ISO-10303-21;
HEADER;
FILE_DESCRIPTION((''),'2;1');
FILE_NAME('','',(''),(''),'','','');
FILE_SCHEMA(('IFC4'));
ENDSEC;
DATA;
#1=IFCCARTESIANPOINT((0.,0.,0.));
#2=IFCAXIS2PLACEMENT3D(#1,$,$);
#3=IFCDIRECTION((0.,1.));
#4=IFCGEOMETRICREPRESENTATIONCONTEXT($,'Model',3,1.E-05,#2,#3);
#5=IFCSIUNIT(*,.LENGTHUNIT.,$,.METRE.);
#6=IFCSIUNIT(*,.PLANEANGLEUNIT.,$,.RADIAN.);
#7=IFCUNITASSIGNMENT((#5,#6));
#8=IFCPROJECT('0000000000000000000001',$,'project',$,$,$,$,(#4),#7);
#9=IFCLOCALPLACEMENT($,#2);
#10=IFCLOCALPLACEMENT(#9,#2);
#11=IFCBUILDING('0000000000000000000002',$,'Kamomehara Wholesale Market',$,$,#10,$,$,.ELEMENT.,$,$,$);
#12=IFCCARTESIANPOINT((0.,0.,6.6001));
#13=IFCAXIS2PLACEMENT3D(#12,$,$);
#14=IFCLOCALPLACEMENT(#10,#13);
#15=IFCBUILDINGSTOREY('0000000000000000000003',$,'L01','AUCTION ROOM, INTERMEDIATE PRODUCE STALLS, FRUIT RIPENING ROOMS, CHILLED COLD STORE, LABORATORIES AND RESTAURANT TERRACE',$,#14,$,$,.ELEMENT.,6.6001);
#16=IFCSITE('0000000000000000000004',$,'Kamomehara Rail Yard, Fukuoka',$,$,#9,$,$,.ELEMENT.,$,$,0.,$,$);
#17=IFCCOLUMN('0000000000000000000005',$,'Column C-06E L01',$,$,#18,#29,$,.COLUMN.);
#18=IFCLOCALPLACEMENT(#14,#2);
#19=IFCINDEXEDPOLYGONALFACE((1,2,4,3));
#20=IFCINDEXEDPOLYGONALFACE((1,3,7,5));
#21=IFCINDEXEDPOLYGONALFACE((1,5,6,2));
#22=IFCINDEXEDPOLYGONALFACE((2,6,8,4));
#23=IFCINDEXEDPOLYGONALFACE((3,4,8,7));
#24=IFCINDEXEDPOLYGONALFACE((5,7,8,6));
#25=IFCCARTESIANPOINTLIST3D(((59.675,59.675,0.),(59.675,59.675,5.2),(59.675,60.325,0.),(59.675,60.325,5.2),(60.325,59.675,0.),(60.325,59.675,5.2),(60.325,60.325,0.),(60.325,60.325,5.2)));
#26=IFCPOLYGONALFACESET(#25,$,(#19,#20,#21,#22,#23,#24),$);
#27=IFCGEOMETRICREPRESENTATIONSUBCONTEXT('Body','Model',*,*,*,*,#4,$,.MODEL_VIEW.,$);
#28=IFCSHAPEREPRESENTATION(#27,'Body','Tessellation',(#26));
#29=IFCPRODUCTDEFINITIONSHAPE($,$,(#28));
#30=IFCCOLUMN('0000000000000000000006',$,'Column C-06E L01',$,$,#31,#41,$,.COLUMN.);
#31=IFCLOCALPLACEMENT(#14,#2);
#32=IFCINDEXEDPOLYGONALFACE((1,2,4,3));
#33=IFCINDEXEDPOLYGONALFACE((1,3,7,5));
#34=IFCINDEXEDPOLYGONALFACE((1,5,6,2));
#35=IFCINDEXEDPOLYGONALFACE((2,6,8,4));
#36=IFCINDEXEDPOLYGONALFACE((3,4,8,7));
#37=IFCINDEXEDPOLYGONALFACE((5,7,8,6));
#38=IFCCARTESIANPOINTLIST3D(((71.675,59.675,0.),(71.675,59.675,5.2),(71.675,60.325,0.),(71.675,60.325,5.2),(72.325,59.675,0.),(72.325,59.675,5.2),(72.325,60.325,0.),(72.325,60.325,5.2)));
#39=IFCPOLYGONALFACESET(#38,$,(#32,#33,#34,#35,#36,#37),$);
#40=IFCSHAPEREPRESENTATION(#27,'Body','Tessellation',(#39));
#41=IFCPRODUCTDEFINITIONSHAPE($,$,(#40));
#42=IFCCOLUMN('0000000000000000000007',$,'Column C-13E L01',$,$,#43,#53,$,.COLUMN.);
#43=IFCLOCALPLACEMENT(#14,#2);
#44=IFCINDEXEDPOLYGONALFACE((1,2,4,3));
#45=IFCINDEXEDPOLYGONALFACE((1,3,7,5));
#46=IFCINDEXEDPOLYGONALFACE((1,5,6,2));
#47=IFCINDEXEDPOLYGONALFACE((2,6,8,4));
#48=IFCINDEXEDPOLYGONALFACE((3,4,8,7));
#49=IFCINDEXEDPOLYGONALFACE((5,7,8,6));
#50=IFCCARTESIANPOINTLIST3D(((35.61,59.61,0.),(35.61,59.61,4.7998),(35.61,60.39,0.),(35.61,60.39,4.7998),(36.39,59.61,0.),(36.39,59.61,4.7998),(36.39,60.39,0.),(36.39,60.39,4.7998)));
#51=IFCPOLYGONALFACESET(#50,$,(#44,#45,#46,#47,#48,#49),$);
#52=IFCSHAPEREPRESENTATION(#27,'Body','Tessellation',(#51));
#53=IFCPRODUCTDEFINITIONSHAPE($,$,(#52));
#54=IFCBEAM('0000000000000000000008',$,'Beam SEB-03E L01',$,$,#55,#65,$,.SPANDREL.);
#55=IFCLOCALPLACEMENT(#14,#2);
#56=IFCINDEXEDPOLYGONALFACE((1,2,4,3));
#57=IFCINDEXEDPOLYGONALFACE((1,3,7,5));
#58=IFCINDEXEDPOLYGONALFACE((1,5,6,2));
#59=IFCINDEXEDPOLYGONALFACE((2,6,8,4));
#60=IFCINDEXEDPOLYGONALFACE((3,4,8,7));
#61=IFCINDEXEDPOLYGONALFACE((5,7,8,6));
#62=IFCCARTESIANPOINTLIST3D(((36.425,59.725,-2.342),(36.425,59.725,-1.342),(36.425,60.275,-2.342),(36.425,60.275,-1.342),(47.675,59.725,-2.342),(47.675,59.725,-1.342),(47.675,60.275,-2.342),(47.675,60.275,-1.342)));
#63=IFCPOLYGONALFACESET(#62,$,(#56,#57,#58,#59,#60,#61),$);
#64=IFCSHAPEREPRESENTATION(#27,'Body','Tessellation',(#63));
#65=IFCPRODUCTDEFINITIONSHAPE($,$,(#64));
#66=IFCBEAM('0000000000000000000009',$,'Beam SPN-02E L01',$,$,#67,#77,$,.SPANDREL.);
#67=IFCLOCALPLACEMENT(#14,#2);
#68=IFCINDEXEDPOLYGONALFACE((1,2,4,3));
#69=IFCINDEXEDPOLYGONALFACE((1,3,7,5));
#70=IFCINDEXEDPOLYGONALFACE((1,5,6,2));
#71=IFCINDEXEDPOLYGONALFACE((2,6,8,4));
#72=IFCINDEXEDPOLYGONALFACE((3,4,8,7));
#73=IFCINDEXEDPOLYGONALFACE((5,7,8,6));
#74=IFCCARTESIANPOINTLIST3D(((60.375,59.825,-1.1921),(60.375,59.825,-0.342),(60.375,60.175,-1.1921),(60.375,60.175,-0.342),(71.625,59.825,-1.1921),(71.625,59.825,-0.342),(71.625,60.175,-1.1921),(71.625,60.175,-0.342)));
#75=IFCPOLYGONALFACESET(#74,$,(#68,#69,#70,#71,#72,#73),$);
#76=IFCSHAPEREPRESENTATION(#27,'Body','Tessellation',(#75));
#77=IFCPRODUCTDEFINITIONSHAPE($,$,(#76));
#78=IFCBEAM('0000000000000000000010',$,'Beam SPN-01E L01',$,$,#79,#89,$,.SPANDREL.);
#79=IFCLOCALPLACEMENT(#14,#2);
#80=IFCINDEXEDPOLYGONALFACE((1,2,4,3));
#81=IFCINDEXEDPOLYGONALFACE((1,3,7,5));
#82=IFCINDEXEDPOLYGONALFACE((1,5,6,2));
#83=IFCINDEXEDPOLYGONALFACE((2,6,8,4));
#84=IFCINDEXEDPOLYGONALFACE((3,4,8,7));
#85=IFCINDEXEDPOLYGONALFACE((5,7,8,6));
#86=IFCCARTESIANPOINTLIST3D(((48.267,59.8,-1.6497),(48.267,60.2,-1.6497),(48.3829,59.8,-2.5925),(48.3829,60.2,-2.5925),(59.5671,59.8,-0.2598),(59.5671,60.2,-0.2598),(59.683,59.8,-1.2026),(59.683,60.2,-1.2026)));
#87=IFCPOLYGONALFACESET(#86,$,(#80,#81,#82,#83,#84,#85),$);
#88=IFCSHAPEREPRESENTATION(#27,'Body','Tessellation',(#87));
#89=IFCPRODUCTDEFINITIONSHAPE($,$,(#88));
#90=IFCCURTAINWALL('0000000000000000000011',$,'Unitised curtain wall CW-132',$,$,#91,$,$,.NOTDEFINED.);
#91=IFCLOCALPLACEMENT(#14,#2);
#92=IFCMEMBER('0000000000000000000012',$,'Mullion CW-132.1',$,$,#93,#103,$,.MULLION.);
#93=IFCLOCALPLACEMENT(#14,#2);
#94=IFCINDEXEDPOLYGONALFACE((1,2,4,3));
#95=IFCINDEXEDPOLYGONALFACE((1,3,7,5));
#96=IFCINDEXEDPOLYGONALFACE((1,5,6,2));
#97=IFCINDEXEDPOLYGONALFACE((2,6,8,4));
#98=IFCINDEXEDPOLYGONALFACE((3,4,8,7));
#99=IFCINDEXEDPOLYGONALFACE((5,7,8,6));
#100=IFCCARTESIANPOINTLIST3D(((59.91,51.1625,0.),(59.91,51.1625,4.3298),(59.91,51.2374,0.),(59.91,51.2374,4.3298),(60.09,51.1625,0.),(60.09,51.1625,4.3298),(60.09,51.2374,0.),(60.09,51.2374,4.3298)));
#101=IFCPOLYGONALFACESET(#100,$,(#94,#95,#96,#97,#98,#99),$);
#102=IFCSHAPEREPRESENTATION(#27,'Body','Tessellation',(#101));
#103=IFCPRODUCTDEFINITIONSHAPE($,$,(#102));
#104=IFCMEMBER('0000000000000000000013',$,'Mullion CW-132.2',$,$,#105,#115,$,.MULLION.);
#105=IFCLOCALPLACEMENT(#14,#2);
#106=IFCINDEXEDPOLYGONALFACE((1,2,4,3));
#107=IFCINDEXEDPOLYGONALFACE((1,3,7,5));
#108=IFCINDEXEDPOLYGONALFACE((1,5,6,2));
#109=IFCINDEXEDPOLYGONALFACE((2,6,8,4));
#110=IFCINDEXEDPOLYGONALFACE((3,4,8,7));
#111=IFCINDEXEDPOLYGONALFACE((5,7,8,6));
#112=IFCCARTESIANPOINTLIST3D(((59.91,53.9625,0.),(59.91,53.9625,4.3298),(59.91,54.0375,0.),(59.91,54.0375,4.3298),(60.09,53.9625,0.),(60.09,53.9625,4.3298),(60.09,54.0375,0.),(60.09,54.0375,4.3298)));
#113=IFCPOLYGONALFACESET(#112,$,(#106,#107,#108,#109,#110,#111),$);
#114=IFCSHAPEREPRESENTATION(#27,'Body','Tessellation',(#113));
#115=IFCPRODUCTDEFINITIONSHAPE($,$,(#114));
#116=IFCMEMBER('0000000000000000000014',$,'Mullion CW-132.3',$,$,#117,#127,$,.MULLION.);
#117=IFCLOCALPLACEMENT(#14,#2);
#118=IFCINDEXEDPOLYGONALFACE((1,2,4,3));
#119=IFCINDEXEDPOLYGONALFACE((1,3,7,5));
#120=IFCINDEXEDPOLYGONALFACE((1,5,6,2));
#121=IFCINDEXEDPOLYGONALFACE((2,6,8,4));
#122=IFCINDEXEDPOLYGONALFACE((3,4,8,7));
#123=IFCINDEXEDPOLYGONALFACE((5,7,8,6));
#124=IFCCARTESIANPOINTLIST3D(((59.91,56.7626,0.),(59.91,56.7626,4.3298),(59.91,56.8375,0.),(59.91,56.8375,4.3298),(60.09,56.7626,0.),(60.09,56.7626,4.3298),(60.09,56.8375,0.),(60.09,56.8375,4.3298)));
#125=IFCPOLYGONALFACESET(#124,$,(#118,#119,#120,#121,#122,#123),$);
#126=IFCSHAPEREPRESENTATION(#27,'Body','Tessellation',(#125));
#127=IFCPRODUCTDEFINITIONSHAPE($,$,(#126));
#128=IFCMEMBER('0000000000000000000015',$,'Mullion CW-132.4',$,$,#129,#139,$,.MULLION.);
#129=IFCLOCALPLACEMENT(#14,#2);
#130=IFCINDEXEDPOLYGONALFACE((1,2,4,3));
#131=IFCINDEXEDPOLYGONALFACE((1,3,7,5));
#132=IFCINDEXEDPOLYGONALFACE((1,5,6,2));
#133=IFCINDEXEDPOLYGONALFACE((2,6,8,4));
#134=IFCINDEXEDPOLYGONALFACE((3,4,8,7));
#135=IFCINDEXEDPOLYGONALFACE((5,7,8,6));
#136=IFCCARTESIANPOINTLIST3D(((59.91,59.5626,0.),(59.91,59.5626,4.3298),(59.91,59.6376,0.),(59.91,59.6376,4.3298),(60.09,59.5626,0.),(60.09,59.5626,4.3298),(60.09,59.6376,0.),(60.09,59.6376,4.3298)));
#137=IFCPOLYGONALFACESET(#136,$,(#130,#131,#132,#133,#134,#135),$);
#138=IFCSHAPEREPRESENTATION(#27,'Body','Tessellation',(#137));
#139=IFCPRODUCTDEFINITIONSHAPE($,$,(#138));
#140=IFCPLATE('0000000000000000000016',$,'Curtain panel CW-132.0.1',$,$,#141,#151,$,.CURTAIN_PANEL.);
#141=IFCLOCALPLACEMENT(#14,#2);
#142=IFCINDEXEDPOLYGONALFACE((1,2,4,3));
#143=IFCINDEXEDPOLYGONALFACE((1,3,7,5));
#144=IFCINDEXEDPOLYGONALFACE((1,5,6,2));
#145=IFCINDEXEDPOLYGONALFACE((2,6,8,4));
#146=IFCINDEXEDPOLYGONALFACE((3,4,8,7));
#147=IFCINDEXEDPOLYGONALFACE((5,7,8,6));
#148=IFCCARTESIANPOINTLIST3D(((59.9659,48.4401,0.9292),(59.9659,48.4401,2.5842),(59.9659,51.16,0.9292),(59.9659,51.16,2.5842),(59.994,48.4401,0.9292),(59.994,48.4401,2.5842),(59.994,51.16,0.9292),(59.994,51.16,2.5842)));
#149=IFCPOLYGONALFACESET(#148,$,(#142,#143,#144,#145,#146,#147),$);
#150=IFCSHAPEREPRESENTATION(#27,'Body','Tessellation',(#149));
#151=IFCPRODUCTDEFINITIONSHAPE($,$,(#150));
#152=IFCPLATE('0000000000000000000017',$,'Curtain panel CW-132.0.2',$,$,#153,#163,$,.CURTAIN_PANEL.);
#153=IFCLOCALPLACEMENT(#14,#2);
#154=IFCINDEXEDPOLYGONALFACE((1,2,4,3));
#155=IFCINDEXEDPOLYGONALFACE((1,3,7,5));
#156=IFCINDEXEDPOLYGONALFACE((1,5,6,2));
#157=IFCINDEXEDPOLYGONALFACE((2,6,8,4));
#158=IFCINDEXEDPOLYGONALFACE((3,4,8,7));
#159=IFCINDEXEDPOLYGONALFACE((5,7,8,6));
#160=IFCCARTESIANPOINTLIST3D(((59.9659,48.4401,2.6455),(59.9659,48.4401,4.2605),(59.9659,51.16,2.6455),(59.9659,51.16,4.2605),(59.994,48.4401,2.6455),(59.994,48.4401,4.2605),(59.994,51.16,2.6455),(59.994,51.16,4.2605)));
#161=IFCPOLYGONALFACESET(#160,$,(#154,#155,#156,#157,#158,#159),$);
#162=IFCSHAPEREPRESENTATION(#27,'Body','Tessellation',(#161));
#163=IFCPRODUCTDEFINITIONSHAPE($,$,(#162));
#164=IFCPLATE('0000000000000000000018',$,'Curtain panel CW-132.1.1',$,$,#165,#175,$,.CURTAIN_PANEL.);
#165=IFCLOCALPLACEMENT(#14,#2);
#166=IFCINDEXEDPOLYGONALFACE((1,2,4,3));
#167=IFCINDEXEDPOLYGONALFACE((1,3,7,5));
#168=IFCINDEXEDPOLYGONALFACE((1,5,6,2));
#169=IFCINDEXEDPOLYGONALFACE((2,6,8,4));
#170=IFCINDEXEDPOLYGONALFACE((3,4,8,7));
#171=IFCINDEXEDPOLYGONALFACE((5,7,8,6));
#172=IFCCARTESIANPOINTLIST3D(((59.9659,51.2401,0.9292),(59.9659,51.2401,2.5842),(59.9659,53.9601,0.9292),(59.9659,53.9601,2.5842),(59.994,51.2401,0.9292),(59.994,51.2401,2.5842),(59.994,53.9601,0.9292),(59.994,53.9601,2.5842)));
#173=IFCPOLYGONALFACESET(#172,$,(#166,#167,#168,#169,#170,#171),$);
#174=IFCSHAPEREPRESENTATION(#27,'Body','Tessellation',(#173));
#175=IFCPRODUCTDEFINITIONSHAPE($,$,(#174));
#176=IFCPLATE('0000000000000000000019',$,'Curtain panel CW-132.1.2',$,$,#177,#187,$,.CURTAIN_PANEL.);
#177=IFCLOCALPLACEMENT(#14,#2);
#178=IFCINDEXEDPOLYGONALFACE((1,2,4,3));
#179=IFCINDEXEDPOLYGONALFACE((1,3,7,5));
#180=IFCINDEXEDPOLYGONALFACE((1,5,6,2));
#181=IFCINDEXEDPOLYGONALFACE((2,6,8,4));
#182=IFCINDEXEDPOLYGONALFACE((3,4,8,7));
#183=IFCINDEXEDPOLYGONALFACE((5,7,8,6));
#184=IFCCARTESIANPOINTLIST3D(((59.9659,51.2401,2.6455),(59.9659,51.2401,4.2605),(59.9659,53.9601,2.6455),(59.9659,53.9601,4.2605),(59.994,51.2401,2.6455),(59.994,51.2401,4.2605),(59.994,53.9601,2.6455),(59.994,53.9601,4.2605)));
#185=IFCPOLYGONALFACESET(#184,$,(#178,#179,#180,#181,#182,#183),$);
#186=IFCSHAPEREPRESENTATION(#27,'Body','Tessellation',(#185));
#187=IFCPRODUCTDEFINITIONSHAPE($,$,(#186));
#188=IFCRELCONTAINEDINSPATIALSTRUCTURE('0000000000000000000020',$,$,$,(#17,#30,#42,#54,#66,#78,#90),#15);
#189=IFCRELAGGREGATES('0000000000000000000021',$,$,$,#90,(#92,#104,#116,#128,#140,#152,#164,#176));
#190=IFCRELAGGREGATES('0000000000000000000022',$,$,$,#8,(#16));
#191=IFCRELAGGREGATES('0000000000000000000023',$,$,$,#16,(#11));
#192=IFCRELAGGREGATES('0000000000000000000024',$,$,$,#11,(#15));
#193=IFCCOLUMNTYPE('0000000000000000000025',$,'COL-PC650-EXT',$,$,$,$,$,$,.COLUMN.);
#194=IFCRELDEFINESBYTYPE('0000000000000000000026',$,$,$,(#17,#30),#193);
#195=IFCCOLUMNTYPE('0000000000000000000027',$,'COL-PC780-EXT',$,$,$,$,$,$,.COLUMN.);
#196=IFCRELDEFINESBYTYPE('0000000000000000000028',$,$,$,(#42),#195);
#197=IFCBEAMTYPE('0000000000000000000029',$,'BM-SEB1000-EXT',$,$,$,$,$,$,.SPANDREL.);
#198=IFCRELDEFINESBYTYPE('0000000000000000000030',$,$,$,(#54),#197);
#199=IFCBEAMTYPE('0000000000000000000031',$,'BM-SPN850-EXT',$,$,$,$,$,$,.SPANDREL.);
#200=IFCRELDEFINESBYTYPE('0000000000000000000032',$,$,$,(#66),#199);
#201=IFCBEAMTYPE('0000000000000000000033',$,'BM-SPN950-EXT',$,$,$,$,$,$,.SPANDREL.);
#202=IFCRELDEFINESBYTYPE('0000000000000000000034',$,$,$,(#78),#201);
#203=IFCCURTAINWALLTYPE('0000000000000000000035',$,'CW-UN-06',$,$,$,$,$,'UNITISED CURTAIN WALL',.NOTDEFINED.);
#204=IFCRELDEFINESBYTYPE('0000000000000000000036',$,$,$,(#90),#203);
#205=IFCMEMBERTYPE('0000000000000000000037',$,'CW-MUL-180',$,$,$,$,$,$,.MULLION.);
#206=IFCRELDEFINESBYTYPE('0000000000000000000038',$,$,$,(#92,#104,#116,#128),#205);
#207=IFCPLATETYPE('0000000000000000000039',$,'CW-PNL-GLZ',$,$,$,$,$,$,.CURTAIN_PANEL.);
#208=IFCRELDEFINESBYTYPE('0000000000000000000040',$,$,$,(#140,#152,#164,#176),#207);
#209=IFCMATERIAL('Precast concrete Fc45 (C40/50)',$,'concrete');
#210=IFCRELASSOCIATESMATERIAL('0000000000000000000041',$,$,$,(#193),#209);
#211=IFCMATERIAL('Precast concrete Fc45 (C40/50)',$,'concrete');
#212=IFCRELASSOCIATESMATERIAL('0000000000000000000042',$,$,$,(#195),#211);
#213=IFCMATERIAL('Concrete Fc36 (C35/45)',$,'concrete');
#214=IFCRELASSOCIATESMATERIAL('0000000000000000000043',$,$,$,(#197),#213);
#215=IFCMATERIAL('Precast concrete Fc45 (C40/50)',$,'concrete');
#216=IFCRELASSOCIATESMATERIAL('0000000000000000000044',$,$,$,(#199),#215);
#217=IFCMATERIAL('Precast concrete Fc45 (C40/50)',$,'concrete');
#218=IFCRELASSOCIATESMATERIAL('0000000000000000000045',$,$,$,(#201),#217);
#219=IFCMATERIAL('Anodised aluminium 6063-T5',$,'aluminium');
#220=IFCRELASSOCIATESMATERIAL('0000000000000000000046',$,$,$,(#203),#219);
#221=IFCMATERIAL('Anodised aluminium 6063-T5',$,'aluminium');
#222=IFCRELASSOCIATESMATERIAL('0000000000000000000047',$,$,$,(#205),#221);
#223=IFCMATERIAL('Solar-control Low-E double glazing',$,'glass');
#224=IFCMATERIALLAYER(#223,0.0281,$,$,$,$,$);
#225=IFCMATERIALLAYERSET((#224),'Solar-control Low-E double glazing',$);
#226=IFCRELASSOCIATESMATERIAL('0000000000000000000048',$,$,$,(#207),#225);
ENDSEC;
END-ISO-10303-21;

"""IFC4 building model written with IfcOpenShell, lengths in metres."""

from ifc_helpers import new_model, si_unit, direction, frame, origin, origin_2d, place, context, subcontext, project, spatial, rectangle, extrude, material, layer, layer_set, material_profile, profile_set, type_object, element, aggregate, save


model = new_model("IFC4")

# Units and contexts
model_context = context("Model", 3, precision=1e-05, world=origin(), true_north=direction((0.0, 1.0)))
body_context = subcontext(model_context, "Body", "Model", "MODEL_VIEW")
ifc_project = project(units=[si_unit("LENGTHUNIT", "METRE"), si_unit("PLANEANGLEUNIT", "RADIAN")], contexts=[model_context])

# Site, building, storey
site_placement = place(None, origin())
site = spatial("IfcSite", under=ifc_project, at=site_placement, Name="Kamomehara Rail Yard, Fukuoka", CompositionType="ELEMENT", RefElevation=0.0)
building_placement = place(site_placement, origin())
building = spatial("IfcBuilding", under=site, at=building_placement, Name="Kamomehara Wholesale Market", CompositionType="ELEMENT")
storey_placement = place(building_placement, frame((0.0, 0.0, 6.6001)))
storey = spatial("IfcBuildingStorey", under=building, at=storey_placement, Name="L01", Description="AUCTION ROOM, INTERMEDIATE PRODUCE STALLS, FRUIT RIPENING ROOMS, CHILLED COLD STORE, LABORATORIES AND RESTAURANT TERRACE", CompositionType="ELEMENT", Elevation=6.6001)

# Columns
ifc_material_1 = material(Name="Precast concrete Fc45 (C40/50)", Category="concrete")
ifc_material_profile_1 = material_profile(ifc_material_1, rectangle(XDim=0.6499, YDim=0.6499, at=origin_2d()), Name="PC-COL-650x650")
ifc_profile_set_1 = profile_set([ifc_material_profile_1], Name="Precast concrete Fc45 (C40/50)")
column_type_1 = type_object("IfcColumnType", Name="COL-PC650-EXT", PredefinedType="COLUMN", material=ifc_profile_set_1)
for number, where, z_axis, x_axis, name in (
    (1, (60.0, 60.0, 0.0), (0.0, 0.0, 1.0), (1.0, 0.0, 0.0), "Column C-06E L01"),
    (2, (72.0, 60.0, 0.0), (0.0, 0.0, 1.0), (1.0, 0.0, 0.0), "Column C-06E L01"),
):
    element("IfcColumn", number, at=place(storey_placement, frame(where, z_axis=z_axis, x_axis=x_axis)), inside=storey, type_object=column_type_1, Name=name, PredefinedType="COLUMN", context=body_context, shape_type="SweptSolid", body=[
        extrude(rectangle(XDim=0.6499, YDim=0.6499, at=origin_2d()), origin(), (0.0, 0.0, 1.0), 5.2),
    ])
ifc_material_2 = material(Name="Precast concrete Fc45 (C40/50)", Category="concrete")
ifc_material_profile_2 = material_profile(ifc_material_2, rectangle(XDim=0.78, YDim=0.78, at=origin_2d()), Name="PC-COL-780x780")
ifc_profile_set_2 = profile_set([ifc_material_profile_2], Name="Precast concrete Fc45 (C40/50)")
column_type_2 = type_object("IfcColumnType", Name="COL-PC780-EXT", PredefinedType="COLUMN", material=ifc_profile_set_2)
column_placement = place(storey_placement, frame((36.0, 60.0, 0.0), z_axis=(0.0, 0.0, 1.0), x_axis=(1.0, 0.0, 0.0)))
element("IfcColumn", 3, at=column_placement, inside=storey, type_object=column_type_2, Name="Column C-13E L01", PredefinedType="COLUMN", context=body_context, shape_type="SweptSolid", body=[
    extrude(rectangle(XDim=0.78, YDim=0.78, at=origin_2d()), origin(), (0.0, 0.0, 1.0), 4.7998),
])

# Beams
ifc_material_3 = material(Name="Concrete Fc36 (C35/45)", Category="concrete")
ifc_material_profile_3 = material_profile(ifc_material_3, rectangle(XDim=0.55, YDim=1.0, at=origin_2d()), Name="RC-SEB-550x1000")
ifc_profile_set_3 = profile_set([ifc_material_profile_3], Name="Concrete Fc36 (C35/45)")
beam_type_1 = type_object("IfcBeamType", Name="BM-SEB1000-EXT", PredefinedType="SPANDREL", material=ifc_profile_set_3)
beam_1_placement = place(storey_placement, frame((36.425, 60.0, -1.842), z_axis=(1.0, 0.0, 0.0), x_axis=(0.0, 1.0, 0.0)))
element("IfcBeam", 4, at=beam_1_placement, inside=storey, type_object=beam_type_1, Name="Beam SEB-03E L01", PredefinedType="SPANDREL", context=body_context, shape_type="SweptSolid", body=[
    extrude(rectangle(XDim=0.55, YDim=1.0, at=origin_2d()), origin(), (0.0, 0.0, 1.0), 11.25),
])
ifc_material_4 = material(Name="Precast concrete Fc45 (C40/50)", Category="concrete")
ifc_material_profile_4 = material_profile(ifc_material_4, rectangle(XDim=0.3501, YDim=0.8501, at=origin_2d()), Name="PC-SPN-350x850")
ifc_profile_set_4 = profile_set([ifc_material_profile_4], Name="Precast concrete Fc45 (C40/50)")
beam_type_2 = type_object("IfcBeamType", Name="BM-SPN850-EXT", PredefinedType="SPANDREL", material=ifc_profile_set_4)
beam_2_placement = place(storey_placement, frame((60.375, 60.0, -0.7671), z_axis=(1.0, 0.0, 0.0), x_axis=(0.0, 1.0, 0.0)))
element("IfcBeam", 5, at=beam_2_placement, inside=storey, type_object=beam_type_2, Name="Beam SPN-02E L01", PredefinedType="SPANDREL", context=body_context, shape_type="SweptSolid", body=[
    extrude(rectangle(XDim=0.3501, YDim=0.8501, at=origin_2d()), origin(), (0.0, 0.0, 1.0), 11.25),
])
ifc_material_5 = material(Name="Precast concrete Fc45 (C40/50)", Category="concrete")
ifc_material_profile_5 = material_profile(ifc_material_5, rectangle(XDim=0.3999, YDim=0.95, at=origin_2d()), Name="PC-SPN-400x950")
ifc_profile_set_5 = profile_set([ifc_material_profile_5], Name="Precast concrete Fc45 (C40/50)")
beam_type_3 = type_object("IfcBeamType", Name="BM-SPN950-EXT", PredefinedType="SPANDREL", material=ifc_profile_set_5)
beam_3_placement = place(storey_placement, frame((48.325, 60.0, -2.1211), z_axis=(0.99252, 0.0, 0.122079), x_axis=(0.0, 1.0, 0.0)))
element("IfcBeam", 6, at=beam_3_placement, inside=storey, type_object=beam_type_3, Name="Beam SPN-01E L01", PredefinedType="SPANDREL", context=body_context, shape_type="SweptSolid", body=[
    extrude(rectangle(XDim=0.3999, YDim=0.95, at=origin_2d()), origin(), (0.0, 0.0, 1.0), 11.3853),
])

# Curtain wall, members, plates
ifc_material_6 = material(Name="Anodised aluminium 6063-T5", Category="aluminium")
curtain_wall_type = type_object("IfcCurtainWallType", Name="CW-UN-06", ElementType="UNITISED CURTAIN WALL", PredefinedType="NOTDEFINED", material=ifc_material_6)
curtain_wall_placement = place(storey_placement, origin())
curtain_wall = element("IfcCurtainWall", 7, at=curtain_wall_placement, inside=storey, type_object=curtain_wall_type, Name="Unitised curtain wall CW-132", PredefinedType="NOTDEFINED")
ifc_material_7 = material(Name="Anodised aluminium 6063-T5", Category="aluminium")
ifc_material_profile_6 = material_profile(ifc_material_7, rectangle(XDim=0.075, YDim=0.1799, at=origin_2d()), Name="ALU-MUL-75x180")
ifc_profile_set_6 = profile_set([ifc_material_profile_6], Name="Anodised aluminium 6063-T5")
member_type = type_object("IfcMemberType", Name="CW-MUL-180", PredefinedType="MULLION", material=ifc_profile_set_6)
member_1_placement = place(storey_placement, frame((60.0, 51.2, 0.0), z_axis=(0.0, 0.0, 1.0), x_axis=(0.0, 1.0, 0.0)))
member_1 = element("IfcMember", 8, at=member_1_placement, type_object=member_type, Name="Mullion CW-132.1", PredefinedType="MULLION", context=body_context, shape_type="SweptSolid", body=[
    extrude(rectangle(XDim=0.075, YDim=0.1799, at=origin_2d()), origin(), (0.0, 0.0, 1.0), 4.3298),
])
member_2_placement = place(storey_placement, frame((60.0, 54.0, 0.0), z_axis=(0.0, 0.0, 1.0), x_axis=(0.0, 1.0, 0.0)))
member_2 = element("IfcMember", 9, at=member_2_placement, type_object=member_type, Name="Mullion CW-132.2", PredefinedType="MULLION", context=body_context, shape_type="SweptSolid", body=[
    extrude(rectangle(XDim=0.075, YDim=0.1799, at=origin_2d()), origin(), (0.0, 0.0, 1.0), 4.3298),
])
member_3_placement = place(storey_placement, frame((60.0, 56.8, 0.0), z_axis=(0.0, 0.0, 1.0), x_axis=(0.0, 1.0, 0.0)))
member_3 = element("IfcMember", 10, at=member_3_placement, type_object=member_type, Name="Mullion CW-132.3", PredefinedType="MULLION", context=body_context, shape_type="SweptSolid", body=[
    extrude(rectangle(XDim=0.075, YDim=0.1799, at=origin_2d()), origin(), (0.0, 0.0, 1.0), 4.3298),
])
member_4_placement = place(storey_placement, frame((60.0, 59.6001, 0.0), z_axis=(0.0, 0.0, 1.0), x_axis=(0.0, 1.0, 0.0)))
member_4 = element("IfcMember", 11, at=member_4_placement, type_object=member_type, Name="Mullion CW-132.4", PredefinedType="MULLION", context=body_context, shape_type="SweptSolid", body=[
    extrude(rectangle(XDim=0.075, YDim=0.1799, at=origin_2d()), origin(), (0.0, 0.0, 1.0), 4.3298),
])
ifc_material_8 = material(Name="Solar-control Low-E double glazing", Category="glass")
ifc_layer_1 = layer(ifc_material_8, 0.0281)
ifc_layer_set_1 = layer_set([ifc_layer_1], Name="Solar-control Low-E double glazing")
plate_type_1 = type_object("IfcPlateType", Name="CW-PNL-GLZ", PredefinedType="CURTAIN_PANEL", material=ifc_layer_set_1)
plate_1_placement = place(storey_placement, frame((59.98, 49.8, 0.9292), z_axis=(0.0, 0.0, 1.0), x_axis=(0.0, 1.0, 0.0)))
plate_1 = element("IfcPlate", 12, at=plate_1_placement, type_object=plate_type_1, Name="Curtain panel CW-132.0.1", PredefinedType="CURTAIN_PANEL", context=body_context, shape_type="SweptSolid", body=[
    extrude(rectangle(XDim=2.72, YDim=0.0281, at=origin_2d()), origin(), (0.0, 0.0, 1.0), 1.655),
])
plate_2_placement = place(storey_placement, frame((59.98, 49.8, 2.6455), z_axis=(0.0, 0.0, 1.0), x_axis=(0.0, 1.0, 0.0)))
plate_2 = element("IfcPlate", 13, at=plate_2_placement, type_object=plate_type_1, Name="Curtain panel CW-132.0.2", PredefinedType="CURTAIN_PANEL", context=body_context, shape_type="SweptSolid", body=[
    extrude(rectangle(XDim=2.72, YDim=0.0281, at=origin_2d()), origin(), (0.0, 0.0, 1.0), 1.615),
])
plate_3_placement = place(storey_placement, frame((59.98, 52.6001, 0.9292), z_axis=(0.0, 0.0, 1.0), x_axis=(0.0, 1.0, 0.0)))
plate_3 = element("IfcPlate", 14, at=plate_3_placement, type_object=plate_type_1, Name="Curtain panel CW-132.1.1", PredefinedType="CURTAIN_PANEL", context=body_context, shape_type="SweptSolid", body=[
    extrude(rectangle(XDim=2.72, YDim=0.0281, at=origin_2d()), origin(), (0.0, 0.0, 1.0), 1.655),
])
plate_4_placement = place(storey_placement, frame((59.98, 52.6001, 2.6455), z_axis=(0.0, 0.0, 1.0), x_axis=(0.0, 1.0, 0.0)))
plate_4 = element("IfcPlate", 15, at=plate_4_placement, type_object=plate_type_1, Name="Curtain panel CW-132.1.2", PredefinedType="CURTAIN_PANEL", context=body_context, shape_type="SweptSolid", body=[
    extrude(rectangle(XDim=2.72, YDim=0.0281, at=origin_2d()), origin(), (0.0, 0.0, 1.0), 1.615),
])
aggregate(curtain_wall, [member_1, member_2, member_3, member_4, plate_1, plate_2, plate_3, plate_4])

save(model, "model.ifc")
